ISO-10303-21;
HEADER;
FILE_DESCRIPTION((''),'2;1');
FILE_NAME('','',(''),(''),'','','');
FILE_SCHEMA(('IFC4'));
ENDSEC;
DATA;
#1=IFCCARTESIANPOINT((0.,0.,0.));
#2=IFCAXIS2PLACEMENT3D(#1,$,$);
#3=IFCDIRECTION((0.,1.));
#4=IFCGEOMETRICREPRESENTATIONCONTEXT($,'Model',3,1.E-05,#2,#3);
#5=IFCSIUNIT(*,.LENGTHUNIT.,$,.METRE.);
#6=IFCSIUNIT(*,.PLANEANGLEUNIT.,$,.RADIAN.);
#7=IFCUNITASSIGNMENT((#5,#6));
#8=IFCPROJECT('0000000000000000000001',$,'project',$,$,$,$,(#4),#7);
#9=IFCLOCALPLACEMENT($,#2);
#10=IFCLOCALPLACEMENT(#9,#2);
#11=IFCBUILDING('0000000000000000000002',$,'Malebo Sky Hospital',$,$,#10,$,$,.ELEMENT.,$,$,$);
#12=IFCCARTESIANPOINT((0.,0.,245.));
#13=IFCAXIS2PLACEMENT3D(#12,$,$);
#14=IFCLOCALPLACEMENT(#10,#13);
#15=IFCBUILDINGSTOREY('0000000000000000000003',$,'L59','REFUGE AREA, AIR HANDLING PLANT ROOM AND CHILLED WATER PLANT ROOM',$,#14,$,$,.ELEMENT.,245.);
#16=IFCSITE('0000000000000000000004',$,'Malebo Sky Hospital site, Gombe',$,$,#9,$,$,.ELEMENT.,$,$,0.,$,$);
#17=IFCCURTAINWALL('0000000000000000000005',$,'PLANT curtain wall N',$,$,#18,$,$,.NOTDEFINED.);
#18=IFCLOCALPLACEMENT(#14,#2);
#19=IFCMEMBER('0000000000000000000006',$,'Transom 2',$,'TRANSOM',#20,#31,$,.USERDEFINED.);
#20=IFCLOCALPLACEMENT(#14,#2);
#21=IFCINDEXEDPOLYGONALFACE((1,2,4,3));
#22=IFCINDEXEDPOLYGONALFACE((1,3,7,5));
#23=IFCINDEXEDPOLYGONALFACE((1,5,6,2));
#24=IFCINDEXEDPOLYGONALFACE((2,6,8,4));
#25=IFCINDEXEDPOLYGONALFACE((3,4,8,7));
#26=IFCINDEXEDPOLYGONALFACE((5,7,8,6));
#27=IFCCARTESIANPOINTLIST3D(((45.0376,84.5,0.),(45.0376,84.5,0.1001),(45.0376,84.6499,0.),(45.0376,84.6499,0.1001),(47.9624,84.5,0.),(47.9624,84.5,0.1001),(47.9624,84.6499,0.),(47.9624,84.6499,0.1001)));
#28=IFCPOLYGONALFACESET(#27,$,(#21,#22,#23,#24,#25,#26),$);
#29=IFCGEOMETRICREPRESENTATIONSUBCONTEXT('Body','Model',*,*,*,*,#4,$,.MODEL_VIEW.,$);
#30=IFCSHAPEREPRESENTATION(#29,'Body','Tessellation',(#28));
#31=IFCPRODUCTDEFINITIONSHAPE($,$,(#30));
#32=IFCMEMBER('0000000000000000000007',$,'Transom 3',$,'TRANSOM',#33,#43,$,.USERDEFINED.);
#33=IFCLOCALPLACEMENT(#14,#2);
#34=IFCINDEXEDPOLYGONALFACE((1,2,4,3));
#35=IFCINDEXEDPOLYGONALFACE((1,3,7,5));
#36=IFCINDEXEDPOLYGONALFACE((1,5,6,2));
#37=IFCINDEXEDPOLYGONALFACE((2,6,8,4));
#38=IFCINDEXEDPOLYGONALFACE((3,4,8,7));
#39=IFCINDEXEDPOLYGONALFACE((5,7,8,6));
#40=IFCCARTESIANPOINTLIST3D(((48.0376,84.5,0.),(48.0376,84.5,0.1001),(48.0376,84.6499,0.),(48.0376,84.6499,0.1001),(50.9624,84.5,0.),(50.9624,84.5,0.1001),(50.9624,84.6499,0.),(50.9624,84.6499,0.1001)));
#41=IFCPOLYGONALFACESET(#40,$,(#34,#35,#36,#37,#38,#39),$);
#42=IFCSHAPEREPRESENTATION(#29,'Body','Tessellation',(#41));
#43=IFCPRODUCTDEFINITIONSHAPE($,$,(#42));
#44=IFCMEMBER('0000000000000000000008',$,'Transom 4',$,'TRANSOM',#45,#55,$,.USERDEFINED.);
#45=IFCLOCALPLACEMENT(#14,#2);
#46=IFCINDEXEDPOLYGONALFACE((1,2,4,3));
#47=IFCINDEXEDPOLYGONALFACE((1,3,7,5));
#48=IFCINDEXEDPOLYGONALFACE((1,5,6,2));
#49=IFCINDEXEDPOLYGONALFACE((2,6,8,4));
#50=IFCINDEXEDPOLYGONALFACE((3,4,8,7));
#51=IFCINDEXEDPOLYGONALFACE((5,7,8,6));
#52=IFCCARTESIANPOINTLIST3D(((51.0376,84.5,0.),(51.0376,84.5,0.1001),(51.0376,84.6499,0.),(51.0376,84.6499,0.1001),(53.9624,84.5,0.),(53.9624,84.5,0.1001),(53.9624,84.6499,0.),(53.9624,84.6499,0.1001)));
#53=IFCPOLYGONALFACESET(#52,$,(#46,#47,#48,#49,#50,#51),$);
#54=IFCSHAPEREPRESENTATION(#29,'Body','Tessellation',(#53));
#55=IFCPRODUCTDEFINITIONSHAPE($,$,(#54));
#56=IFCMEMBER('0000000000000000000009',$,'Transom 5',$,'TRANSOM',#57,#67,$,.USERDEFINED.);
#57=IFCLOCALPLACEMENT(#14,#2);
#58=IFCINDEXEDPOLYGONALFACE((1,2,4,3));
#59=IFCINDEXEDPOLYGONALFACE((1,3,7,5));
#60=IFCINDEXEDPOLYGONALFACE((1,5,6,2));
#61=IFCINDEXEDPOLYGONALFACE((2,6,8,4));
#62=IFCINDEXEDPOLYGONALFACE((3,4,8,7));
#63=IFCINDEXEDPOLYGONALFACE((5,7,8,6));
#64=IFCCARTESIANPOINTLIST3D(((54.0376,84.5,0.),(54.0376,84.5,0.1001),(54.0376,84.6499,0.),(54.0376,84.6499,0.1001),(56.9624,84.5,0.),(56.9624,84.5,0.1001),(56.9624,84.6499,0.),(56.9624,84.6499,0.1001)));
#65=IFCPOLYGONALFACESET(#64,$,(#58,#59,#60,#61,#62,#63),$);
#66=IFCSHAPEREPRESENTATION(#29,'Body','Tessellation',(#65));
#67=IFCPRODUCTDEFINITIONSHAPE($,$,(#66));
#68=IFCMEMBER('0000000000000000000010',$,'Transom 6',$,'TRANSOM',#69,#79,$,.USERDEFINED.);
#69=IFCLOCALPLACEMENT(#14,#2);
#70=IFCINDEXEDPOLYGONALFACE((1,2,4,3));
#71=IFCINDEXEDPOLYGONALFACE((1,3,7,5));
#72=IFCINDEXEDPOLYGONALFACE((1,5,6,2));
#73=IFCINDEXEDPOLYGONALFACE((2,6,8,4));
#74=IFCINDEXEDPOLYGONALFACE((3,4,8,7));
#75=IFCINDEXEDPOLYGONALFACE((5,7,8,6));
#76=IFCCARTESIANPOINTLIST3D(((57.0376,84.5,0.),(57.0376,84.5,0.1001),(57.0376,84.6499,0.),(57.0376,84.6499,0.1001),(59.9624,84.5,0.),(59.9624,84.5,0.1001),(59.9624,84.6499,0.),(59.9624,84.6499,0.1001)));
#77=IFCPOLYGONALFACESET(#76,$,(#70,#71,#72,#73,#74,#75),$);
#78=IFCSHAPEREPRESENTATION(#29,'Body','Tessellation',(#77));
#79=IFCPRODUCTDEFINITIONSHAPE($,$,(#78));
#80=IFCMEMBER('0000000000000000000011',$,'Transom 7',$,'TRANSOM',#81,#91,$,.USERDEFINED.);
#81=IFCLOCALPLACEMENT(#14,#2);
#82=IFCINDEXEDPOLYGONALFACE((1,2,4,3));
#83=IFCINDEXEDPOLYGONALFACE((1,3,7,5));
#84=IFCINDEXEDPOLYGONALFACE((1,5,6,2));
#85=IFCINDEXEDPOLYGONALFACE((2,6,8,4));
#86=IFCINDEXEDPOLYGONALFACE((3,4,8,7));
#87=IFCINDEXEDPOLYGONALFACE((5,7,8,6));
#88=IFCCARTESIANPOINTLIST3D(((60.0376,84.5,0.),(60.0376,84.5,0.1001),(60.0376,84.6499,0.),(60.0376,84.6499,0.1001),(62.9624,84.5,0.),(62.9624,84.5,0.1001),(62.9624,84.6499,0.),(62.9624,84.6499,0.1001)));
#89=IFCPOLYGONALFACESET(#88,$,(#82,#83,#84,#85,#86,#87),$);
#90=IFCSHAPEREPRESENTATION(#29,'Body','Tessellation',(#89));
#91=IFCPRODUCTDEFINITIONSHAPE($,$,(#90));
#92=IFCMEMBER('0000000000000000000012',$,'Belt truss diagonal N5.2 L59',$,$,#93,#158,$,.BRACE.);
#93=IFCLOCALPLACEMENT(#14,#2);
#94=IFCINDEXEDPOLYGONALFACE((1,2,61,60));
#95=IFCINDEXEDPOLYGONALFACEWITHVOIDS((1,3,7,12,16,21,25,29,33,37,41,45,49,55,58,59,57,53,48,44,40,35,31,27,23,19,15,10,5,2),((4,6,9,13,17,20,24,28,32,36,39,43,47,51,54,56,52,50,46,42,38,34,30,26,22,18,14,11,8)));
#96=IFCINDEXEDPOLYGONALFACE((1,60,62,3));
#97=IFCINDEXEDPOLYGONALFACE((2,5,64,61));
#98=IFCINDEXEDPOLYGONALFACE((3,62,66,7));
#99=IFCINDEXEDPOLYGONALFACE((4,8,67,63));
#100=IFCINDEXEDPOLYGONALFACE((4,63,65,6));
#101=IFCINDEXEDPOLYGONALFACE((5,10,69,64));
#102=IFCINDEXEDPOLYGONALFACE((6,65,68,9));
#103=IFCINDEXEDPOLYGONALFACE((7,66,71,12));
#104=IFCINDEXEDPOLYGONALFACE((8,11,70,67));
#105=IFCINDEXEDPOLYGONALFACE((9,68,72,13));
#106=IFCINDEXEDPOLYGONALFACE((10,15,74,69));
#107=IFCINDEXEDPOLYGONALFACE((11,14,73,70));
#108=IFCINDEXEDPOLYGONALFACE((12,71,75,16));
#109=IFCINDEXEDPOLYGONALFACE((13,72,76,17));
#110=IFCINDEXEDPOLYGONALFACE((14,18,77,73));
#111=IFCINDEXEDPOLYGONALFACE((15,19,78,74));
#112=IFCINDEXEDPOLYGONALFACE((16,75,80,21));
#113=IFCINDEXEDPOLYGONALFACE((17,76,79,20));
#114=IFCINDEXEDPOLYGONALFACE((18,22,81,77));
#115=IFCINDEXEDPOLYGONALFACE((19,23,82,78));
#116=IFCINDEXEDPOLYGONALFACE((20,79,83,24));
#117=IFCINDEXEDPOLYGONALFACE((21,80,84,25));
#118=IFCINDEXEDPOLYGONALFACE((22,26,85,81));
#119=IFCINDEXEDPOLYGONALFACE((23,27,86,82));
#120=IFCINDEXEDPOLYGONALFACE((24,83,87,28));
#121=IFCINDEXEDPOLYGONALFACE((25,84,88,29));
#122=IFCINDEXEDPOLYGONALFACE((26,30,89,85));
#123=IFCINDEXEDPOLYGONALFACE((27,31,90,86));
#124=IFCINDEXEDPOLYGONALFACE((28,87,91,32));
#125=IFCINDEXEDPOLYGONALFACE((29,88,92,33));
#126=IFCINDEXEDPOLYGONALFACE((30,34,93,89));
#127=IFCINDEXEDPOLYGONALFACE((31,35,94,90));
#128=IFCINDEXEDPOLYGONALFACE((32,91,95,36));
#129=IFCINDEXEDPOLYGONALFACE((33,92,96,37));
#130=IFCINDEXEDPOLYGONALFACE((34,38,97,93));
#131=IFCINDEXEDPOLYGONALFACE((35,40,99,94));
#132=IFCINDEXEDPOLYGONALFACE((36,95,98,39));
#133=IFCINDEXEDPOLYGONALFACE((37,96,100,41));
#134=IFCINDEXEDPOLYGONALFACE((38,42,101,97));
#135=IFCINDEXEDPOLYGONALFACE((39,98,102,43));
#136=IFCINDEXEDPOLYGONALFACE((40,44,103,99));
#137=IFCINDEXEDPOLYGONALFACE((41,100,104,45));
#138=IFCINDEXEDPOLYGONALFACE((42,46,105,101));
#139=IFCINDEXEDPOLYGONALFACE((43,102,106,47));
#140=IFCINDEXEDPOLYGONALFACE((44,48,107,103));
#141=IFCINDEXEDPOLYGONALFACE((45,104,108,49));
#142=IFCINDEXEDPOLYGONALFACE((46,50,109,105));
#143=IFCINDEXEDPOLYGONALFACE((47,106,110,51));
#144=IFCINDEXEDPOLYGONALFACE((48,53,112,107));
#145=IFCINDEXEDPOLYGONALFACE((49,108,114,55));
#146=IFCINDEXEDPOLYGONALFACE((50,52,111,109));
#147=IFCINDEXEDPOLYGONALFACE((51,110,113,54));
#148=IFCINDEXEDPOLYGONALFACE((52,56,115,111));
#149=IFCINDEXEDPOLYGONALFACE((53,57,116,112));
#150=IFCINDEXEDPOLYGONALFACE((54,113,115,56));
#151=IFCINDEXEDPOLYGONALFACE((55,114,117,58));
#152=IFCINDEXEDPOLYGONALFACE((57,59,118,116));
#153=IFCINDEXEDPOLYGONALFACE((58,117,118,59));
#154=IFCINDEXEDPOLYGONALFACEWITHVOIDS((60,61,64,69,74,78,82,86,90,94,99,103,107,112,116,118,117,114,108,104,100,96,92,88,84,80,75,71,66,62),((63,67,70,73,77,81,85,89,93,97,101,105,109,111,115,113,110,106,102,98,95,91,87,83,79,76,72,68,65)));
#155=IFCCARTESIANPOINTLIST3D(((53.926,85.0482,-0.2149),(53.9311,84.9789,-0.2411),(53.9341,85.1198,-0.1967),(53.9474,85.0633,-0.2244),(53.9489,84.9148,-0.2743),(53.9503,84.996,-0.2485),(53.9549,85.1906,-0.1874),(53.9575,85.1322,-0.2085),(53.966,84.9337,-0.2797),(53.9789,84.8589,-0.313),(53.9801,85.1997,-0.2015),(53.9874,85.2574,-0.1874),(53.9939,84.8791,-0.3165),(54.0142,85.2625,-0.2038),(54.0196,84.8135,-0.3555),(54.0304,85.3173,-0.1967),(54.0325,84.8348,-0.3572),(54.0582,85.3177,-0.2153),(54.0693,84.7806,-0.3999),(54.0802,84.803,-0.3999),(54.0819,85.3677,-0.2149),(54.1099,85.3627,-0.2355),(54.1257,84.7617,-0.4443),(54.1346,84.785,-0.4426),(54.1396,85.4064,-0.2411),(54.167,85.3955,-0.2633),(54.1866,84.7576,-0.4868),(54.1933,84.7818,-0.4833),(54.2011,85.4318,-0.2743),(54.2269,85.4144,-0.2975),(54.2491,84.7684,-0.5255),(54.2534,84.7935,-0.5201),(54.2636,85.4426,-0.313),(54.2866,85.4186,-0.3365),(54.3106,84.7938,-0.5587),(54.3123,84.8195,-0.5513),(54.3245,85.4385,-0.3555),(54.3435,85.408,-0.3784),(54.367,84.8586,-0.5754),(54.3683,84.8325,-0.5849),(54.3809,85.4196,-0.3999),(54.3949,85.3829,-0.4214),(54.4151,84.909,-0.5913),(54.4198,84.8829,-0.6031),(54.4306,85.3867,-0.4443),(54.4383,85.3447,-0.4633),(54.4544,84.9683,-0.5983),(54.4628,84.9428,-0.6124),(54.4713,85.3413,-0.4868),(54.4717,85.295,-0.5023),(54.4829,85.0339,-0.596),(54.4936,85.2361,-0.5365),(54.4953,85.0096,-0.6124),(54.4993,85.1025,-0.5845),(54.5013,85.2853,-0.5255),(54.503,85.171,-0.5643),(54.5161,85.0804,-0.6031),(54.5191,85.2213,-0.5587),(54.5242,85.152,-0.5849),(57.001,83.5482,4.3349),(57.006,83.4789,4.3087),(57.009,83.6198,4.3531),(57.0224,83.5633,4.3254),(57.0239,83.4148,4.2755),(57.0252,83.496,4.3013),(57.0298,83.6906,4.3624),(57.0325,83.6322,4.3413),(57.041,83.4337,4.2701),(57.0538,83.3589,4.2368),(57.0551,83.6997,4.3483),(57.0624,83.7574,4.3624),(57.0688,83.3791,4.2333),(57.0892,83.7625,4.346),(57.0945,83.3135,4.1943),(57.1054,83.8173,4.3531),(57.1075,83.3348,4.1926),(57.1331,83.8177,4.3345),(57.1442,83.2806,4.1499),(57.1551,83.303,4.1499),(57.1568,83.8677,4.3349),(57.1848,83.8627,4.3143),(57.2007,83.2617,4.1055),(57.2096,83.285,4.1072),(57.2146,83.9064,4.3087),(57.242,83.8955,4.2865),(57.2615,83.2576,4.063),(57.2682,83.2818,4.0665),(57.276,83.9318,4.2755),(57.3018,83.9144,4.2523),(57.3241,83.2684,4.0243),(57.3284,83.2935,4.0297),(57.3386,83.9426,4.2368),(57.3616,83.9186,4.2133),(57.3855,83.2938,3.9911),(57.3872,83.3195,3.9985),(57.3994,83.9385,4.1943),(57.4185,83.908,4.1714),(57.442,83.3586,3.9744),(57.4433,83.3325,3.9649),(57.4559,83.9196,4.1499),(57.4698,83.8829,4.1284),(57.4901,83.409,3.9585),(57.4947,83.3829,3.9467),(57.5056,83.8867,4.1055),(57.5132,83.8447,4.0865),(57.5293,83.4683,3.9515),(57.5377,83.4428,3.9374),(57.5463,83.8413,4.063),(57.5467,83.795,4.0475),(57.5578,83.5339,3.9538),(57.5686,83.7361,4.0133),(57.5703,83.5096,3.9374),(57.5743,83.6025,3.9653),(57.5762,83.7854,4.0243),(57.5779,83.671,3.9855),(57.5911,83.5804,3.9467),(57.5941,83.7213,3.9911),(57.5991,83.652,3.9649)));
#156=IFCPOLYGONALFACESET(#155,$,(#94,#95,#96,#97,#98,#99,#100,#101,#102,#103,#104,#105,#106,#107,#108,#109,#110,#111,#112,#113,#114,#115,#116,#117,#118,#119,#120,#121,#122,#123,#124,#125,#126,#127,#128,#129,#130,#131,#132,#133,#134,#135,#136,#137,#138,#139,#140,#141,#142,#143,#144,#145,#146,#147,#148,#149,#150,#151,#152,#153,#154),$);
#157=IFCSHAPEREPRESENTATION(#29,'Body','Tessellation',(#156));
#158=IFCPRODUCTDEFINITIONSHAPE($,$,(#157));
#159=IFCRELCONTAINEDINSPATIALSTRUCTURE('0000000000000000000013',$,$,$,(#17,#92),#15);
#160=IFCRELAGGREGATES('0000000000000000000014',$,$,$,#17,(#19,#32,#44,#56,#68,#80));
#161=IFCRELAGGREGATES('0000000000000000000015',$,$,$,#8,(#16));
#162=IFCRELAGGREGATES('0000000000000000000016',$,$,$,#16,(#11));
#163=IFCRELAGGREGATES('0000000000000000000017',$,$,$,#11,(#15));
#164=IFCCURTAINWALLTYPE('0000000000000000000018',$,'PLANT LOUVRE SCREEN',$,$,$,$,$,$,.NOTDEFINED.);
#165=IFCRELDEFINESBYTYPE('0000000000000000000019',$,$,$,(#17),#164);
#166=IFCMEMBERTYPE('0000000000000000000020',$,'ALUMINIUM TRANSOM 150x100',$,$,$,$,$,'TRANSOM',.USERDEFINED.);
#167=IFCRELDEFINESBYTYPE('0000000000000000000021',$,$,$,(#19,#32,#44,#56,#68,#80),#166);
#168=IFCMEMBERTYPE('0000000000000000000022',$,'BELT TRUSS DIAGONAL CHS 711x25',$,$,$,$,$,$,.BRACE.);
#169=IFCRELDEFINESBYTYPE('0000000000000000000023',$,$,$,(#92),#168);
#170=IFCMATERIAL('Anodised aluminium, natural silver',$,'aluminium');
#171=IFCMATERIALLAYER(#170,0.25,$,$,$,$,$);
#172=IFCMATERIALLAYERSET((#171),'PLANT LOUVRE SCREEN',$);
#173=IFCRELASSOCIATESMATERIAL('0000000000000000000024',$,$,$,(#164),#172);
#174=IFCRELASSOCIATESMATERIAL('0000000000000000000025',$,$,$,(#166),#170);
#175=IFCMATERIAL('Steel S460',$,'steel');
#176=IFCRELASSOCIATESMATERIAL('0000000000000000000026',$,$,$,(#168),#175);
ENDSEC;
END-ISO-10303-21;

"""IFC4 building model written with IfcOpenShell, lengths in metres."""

from ifc_helpers import new_model, si_unit, direction, frame, origin, origin_2d, place, context, subcontext, project, spatial, rectangle, hollow_circle, extrude, material, layer, layer_set, material_profile, profile_set, type_object, element, aggregate, save


model = new_model("IFC4")

# Units and contexts
model_context = context("Model", 3, precision=1e-05, world=origin(), true_north=direction((0.0, 1.0)))
body_context = subcontext(model_context, "Body", "Model", "MODEL_VIEW")
ifc_project = project(units=[si_unit("LENGTHUNIT", "METRE"), si_unit("PLANEANGLEUNIT", "RADIAN")], contexts=[model_context])

# Site, building, storey
site_placement = place(None, origin())
site = spatial("IfcSite", under=ifc_project, at=site_placement, Name="Malebo Sky Hospital site, Gombe", CompositionType="ELEMENT", RefElevation=0.0)
building_placement = place(site_placement, origin())
building = spatial("IfcBuilding", under=site, at=building_placement, Name="Malebo Sky Hospital", CompositionType="ELEMENT")
storey_placement = place(building_placement, frame((0.0, 0.0, 245.0)))
storey = spatial("IfcBuildingStorey", under=building, at=storey_placement, Name="L59", Description="REFUGE AREA, AIR HANDLING PLANT ROOM AND CHILLED WATER PLANT ROOM", CompositionType="ELEMENT", Elevation=245.0)

# Curtain wall, members
ifc_material_1 = material(Name="Anodised aluminium, natural silver", Category="aluminium")
ifc_layer_1 = layer(ifc_material_1, 0.25)
ifc_layer_set_1 = layer_set([ifc_layer_1], Name="PLANT LOUVRE SCREEN")
curtain_wall_type = type_object("IfcCurtainWallType", Name="PLANT LOUVRE SCREEN", PredefinedType="NOTDEFINED", material=ifc_layer_set_1)
curtain_wall_placement = place(storey_placement, origin())
curtain_wall = element("IfcCurtainWall", 1, at=curtain_wall_placement, inside=storey, type_object=curtain_wall_type, Name="PLANT curtain wall N", PredefinedType="NOTDEFINED")
ifc_material_profile_1 = material_profile(ifc_material_1, rectangle(XDim=0.1499, YDim=0.1001, at=origin_2d()), Name="ALUMINIUM TRANSOM 150x100")
ifc_profile_set_1 = profile_set([ifc_material_profile_1], Name="Anodised aluminium, natural silver")
member_type_1 = type_object("IfcMemberType", Name="ALUMINIUM TRANSOM 150x100", ElementType="TRANSOM", PredefinedType="USERDEFINED", material=ifc_profile_set_1)
member_1_placement = place(storey_placement, frame((45.0376, 84.575, 0.05), z_axis=(1.0, 0.0, 0.0), x_axis=(0.0, 1.0, 0.0)))
member_1 = element("IfcMember", 2, at=member_1_placement, type_object=member_type_1, Name="Transom 2", ObjectType="TRANSOM", PredefinedType="USERDEFINED", context=body_context, shape_type="SweptSolid", body=[
    extrude(rectangle(XDim=0.1499, YDim=0.1001, at=origin_2d()), origin(), (0.0, 0.0, 1.0), 2.9248),
])
member_2_placement = place(storey_placement, frame((48.0376, 84.575, 0.05), z_axis=(1.0, 0.0, 0.0), x_axis=(0.0, 1.0, 0.0)))
member_2 = element("IfcMember", 3, at=member_2_placement, type_object=member_type_1, Name="Transom 3", ObjectType="TRANSOM", PredefinedType="USERDEFINED", context=body_context, shape_type="SweptSolid", body=[
    extrude(rectangle(XDim=0.1499, YDim=0.1001, at=origin_2d()), origin(), (0.0, 0.0, 1.0), 2.9248),
])
member_3_placement = place(storey_placement, frame((51.0376, 84.575, 0.05), z_axis=(1.0, 0.0, 0.0), x_axis=(0.0, 1.0, 0.0)))
member_3 = element("IfcMember", 4, at=member_3_placement, type_object=member_type_1, Name="Transom 4", ObjectType="TRANSOM", PredefinedType="USERDEFINED", context=body_context, shape_type="SweptSolid", body=[
    extrude(rectangle(XDim=0.1499, YDim=0.1001, at=origin_2d()), origin(), (0.0, 0.0, 1.0), 2.9248),
])
member_4_placement = place(storey_placement, frame((54.0376, 84.575, 0.05), z_axis=(1.0, 0.0, 0.0), x_axis=(0.0, 1.0, 0.0)))
member_4 = element("IfcMember", 5, at=member_4_placement, type_object=member_type_1, Name="Transom 5", ObjectType="TRANSOM", PredefinedType="USERDEFINED", context=body_context, shape_type="SweptSolid", body=[
    extrude(rectangle(XDim=0.1499, YDim=0.1001, at=origin_2d()), origin(), (0.0, 0.0, 1.0), 2.9248),
])
member_5_placement = place(storey_placement, frame((57.0376, 84.575, 0.05), z_axis=(1.0, 0.0, 0.0), x_axis=(0.0, 1.0, 0.0)))
member_5 = element("IfcMember", 6, at=member_5_placement, type_object=member_type_1, Name="Transom 6", ObjectType="TRANSOM", PredefinedType="USERDEFINED", context=body_context, shape_type="SweptSolid", body=[
    extrude(rectangle(XDim=0.1499, YDim=0.1001, at=origin_2d()), origin(), (0.0, 0.0, 1.0), 2.9248),
])
member_6_placement = place(storey_placement, frame((60.0376, 84.575, 0.05), z_axis=(1.0, 0.0, 0.0), x_axis=(0.0, 1.0, 0.0)))
member_6 = element("IfcMember", 7, at=member_6_placement, type_object=member_type_1, Name="Transom 7", ObjectType="TRANSOM", PredefinedType="USERDEFINED", context=body_context, shape_type="SweptSolid", body=[
    extrude(rectangle(XDim=0.1499, YDim=0.1001, at=origin_2d()), origin(), (0.0, 0.0, 1.0), 2.9248),
])

# Member
ifc_material_2 = material(Name="Steel S460", Category="steel")
ifc_material_profile_2 = material_profile(ifc_material_2, hollow_circle(Radius=0.3555, WallThickness=0.0249, at=origin_2d()), Name="CHS 711x25")
ifc_profile_set_2 = profile_set([ifc_material_profile_2], Name="Steel S460")
member_type_2 = type_object("IfcMemberType", Name="BELT TRUSS DIAGONAL CHS 711x25", PredefinedType="BRACE", material=ifc_profile_set_2)
member_7_placement = place(storey_placement, frame((57.3, 83.6001, 4.1499), z_axis=(-0.540163, 0.263499, -0.799245), x_axis=(-0.438429, -0.898766, 0.0)))
element("IfcMember", 8, at=member_7_placement, inside=storey, type_object=member_type_2, Name="Belt truss diagonal N5.2 L59", PredefinedType="BRACE", context=body_context, shape_type="SweptSolid", body=[
    extrude(hollow_circle(Radius=0.3555, WallThickness=0.0249, at=origin_2d()), origin(), (0.0, 0.0, 1.0), 5.6926),
])

aggregate(curtain_wall, [member_1, member_2, member_3, member_4, member_5, member_6])

save(model, "model.ifc")
